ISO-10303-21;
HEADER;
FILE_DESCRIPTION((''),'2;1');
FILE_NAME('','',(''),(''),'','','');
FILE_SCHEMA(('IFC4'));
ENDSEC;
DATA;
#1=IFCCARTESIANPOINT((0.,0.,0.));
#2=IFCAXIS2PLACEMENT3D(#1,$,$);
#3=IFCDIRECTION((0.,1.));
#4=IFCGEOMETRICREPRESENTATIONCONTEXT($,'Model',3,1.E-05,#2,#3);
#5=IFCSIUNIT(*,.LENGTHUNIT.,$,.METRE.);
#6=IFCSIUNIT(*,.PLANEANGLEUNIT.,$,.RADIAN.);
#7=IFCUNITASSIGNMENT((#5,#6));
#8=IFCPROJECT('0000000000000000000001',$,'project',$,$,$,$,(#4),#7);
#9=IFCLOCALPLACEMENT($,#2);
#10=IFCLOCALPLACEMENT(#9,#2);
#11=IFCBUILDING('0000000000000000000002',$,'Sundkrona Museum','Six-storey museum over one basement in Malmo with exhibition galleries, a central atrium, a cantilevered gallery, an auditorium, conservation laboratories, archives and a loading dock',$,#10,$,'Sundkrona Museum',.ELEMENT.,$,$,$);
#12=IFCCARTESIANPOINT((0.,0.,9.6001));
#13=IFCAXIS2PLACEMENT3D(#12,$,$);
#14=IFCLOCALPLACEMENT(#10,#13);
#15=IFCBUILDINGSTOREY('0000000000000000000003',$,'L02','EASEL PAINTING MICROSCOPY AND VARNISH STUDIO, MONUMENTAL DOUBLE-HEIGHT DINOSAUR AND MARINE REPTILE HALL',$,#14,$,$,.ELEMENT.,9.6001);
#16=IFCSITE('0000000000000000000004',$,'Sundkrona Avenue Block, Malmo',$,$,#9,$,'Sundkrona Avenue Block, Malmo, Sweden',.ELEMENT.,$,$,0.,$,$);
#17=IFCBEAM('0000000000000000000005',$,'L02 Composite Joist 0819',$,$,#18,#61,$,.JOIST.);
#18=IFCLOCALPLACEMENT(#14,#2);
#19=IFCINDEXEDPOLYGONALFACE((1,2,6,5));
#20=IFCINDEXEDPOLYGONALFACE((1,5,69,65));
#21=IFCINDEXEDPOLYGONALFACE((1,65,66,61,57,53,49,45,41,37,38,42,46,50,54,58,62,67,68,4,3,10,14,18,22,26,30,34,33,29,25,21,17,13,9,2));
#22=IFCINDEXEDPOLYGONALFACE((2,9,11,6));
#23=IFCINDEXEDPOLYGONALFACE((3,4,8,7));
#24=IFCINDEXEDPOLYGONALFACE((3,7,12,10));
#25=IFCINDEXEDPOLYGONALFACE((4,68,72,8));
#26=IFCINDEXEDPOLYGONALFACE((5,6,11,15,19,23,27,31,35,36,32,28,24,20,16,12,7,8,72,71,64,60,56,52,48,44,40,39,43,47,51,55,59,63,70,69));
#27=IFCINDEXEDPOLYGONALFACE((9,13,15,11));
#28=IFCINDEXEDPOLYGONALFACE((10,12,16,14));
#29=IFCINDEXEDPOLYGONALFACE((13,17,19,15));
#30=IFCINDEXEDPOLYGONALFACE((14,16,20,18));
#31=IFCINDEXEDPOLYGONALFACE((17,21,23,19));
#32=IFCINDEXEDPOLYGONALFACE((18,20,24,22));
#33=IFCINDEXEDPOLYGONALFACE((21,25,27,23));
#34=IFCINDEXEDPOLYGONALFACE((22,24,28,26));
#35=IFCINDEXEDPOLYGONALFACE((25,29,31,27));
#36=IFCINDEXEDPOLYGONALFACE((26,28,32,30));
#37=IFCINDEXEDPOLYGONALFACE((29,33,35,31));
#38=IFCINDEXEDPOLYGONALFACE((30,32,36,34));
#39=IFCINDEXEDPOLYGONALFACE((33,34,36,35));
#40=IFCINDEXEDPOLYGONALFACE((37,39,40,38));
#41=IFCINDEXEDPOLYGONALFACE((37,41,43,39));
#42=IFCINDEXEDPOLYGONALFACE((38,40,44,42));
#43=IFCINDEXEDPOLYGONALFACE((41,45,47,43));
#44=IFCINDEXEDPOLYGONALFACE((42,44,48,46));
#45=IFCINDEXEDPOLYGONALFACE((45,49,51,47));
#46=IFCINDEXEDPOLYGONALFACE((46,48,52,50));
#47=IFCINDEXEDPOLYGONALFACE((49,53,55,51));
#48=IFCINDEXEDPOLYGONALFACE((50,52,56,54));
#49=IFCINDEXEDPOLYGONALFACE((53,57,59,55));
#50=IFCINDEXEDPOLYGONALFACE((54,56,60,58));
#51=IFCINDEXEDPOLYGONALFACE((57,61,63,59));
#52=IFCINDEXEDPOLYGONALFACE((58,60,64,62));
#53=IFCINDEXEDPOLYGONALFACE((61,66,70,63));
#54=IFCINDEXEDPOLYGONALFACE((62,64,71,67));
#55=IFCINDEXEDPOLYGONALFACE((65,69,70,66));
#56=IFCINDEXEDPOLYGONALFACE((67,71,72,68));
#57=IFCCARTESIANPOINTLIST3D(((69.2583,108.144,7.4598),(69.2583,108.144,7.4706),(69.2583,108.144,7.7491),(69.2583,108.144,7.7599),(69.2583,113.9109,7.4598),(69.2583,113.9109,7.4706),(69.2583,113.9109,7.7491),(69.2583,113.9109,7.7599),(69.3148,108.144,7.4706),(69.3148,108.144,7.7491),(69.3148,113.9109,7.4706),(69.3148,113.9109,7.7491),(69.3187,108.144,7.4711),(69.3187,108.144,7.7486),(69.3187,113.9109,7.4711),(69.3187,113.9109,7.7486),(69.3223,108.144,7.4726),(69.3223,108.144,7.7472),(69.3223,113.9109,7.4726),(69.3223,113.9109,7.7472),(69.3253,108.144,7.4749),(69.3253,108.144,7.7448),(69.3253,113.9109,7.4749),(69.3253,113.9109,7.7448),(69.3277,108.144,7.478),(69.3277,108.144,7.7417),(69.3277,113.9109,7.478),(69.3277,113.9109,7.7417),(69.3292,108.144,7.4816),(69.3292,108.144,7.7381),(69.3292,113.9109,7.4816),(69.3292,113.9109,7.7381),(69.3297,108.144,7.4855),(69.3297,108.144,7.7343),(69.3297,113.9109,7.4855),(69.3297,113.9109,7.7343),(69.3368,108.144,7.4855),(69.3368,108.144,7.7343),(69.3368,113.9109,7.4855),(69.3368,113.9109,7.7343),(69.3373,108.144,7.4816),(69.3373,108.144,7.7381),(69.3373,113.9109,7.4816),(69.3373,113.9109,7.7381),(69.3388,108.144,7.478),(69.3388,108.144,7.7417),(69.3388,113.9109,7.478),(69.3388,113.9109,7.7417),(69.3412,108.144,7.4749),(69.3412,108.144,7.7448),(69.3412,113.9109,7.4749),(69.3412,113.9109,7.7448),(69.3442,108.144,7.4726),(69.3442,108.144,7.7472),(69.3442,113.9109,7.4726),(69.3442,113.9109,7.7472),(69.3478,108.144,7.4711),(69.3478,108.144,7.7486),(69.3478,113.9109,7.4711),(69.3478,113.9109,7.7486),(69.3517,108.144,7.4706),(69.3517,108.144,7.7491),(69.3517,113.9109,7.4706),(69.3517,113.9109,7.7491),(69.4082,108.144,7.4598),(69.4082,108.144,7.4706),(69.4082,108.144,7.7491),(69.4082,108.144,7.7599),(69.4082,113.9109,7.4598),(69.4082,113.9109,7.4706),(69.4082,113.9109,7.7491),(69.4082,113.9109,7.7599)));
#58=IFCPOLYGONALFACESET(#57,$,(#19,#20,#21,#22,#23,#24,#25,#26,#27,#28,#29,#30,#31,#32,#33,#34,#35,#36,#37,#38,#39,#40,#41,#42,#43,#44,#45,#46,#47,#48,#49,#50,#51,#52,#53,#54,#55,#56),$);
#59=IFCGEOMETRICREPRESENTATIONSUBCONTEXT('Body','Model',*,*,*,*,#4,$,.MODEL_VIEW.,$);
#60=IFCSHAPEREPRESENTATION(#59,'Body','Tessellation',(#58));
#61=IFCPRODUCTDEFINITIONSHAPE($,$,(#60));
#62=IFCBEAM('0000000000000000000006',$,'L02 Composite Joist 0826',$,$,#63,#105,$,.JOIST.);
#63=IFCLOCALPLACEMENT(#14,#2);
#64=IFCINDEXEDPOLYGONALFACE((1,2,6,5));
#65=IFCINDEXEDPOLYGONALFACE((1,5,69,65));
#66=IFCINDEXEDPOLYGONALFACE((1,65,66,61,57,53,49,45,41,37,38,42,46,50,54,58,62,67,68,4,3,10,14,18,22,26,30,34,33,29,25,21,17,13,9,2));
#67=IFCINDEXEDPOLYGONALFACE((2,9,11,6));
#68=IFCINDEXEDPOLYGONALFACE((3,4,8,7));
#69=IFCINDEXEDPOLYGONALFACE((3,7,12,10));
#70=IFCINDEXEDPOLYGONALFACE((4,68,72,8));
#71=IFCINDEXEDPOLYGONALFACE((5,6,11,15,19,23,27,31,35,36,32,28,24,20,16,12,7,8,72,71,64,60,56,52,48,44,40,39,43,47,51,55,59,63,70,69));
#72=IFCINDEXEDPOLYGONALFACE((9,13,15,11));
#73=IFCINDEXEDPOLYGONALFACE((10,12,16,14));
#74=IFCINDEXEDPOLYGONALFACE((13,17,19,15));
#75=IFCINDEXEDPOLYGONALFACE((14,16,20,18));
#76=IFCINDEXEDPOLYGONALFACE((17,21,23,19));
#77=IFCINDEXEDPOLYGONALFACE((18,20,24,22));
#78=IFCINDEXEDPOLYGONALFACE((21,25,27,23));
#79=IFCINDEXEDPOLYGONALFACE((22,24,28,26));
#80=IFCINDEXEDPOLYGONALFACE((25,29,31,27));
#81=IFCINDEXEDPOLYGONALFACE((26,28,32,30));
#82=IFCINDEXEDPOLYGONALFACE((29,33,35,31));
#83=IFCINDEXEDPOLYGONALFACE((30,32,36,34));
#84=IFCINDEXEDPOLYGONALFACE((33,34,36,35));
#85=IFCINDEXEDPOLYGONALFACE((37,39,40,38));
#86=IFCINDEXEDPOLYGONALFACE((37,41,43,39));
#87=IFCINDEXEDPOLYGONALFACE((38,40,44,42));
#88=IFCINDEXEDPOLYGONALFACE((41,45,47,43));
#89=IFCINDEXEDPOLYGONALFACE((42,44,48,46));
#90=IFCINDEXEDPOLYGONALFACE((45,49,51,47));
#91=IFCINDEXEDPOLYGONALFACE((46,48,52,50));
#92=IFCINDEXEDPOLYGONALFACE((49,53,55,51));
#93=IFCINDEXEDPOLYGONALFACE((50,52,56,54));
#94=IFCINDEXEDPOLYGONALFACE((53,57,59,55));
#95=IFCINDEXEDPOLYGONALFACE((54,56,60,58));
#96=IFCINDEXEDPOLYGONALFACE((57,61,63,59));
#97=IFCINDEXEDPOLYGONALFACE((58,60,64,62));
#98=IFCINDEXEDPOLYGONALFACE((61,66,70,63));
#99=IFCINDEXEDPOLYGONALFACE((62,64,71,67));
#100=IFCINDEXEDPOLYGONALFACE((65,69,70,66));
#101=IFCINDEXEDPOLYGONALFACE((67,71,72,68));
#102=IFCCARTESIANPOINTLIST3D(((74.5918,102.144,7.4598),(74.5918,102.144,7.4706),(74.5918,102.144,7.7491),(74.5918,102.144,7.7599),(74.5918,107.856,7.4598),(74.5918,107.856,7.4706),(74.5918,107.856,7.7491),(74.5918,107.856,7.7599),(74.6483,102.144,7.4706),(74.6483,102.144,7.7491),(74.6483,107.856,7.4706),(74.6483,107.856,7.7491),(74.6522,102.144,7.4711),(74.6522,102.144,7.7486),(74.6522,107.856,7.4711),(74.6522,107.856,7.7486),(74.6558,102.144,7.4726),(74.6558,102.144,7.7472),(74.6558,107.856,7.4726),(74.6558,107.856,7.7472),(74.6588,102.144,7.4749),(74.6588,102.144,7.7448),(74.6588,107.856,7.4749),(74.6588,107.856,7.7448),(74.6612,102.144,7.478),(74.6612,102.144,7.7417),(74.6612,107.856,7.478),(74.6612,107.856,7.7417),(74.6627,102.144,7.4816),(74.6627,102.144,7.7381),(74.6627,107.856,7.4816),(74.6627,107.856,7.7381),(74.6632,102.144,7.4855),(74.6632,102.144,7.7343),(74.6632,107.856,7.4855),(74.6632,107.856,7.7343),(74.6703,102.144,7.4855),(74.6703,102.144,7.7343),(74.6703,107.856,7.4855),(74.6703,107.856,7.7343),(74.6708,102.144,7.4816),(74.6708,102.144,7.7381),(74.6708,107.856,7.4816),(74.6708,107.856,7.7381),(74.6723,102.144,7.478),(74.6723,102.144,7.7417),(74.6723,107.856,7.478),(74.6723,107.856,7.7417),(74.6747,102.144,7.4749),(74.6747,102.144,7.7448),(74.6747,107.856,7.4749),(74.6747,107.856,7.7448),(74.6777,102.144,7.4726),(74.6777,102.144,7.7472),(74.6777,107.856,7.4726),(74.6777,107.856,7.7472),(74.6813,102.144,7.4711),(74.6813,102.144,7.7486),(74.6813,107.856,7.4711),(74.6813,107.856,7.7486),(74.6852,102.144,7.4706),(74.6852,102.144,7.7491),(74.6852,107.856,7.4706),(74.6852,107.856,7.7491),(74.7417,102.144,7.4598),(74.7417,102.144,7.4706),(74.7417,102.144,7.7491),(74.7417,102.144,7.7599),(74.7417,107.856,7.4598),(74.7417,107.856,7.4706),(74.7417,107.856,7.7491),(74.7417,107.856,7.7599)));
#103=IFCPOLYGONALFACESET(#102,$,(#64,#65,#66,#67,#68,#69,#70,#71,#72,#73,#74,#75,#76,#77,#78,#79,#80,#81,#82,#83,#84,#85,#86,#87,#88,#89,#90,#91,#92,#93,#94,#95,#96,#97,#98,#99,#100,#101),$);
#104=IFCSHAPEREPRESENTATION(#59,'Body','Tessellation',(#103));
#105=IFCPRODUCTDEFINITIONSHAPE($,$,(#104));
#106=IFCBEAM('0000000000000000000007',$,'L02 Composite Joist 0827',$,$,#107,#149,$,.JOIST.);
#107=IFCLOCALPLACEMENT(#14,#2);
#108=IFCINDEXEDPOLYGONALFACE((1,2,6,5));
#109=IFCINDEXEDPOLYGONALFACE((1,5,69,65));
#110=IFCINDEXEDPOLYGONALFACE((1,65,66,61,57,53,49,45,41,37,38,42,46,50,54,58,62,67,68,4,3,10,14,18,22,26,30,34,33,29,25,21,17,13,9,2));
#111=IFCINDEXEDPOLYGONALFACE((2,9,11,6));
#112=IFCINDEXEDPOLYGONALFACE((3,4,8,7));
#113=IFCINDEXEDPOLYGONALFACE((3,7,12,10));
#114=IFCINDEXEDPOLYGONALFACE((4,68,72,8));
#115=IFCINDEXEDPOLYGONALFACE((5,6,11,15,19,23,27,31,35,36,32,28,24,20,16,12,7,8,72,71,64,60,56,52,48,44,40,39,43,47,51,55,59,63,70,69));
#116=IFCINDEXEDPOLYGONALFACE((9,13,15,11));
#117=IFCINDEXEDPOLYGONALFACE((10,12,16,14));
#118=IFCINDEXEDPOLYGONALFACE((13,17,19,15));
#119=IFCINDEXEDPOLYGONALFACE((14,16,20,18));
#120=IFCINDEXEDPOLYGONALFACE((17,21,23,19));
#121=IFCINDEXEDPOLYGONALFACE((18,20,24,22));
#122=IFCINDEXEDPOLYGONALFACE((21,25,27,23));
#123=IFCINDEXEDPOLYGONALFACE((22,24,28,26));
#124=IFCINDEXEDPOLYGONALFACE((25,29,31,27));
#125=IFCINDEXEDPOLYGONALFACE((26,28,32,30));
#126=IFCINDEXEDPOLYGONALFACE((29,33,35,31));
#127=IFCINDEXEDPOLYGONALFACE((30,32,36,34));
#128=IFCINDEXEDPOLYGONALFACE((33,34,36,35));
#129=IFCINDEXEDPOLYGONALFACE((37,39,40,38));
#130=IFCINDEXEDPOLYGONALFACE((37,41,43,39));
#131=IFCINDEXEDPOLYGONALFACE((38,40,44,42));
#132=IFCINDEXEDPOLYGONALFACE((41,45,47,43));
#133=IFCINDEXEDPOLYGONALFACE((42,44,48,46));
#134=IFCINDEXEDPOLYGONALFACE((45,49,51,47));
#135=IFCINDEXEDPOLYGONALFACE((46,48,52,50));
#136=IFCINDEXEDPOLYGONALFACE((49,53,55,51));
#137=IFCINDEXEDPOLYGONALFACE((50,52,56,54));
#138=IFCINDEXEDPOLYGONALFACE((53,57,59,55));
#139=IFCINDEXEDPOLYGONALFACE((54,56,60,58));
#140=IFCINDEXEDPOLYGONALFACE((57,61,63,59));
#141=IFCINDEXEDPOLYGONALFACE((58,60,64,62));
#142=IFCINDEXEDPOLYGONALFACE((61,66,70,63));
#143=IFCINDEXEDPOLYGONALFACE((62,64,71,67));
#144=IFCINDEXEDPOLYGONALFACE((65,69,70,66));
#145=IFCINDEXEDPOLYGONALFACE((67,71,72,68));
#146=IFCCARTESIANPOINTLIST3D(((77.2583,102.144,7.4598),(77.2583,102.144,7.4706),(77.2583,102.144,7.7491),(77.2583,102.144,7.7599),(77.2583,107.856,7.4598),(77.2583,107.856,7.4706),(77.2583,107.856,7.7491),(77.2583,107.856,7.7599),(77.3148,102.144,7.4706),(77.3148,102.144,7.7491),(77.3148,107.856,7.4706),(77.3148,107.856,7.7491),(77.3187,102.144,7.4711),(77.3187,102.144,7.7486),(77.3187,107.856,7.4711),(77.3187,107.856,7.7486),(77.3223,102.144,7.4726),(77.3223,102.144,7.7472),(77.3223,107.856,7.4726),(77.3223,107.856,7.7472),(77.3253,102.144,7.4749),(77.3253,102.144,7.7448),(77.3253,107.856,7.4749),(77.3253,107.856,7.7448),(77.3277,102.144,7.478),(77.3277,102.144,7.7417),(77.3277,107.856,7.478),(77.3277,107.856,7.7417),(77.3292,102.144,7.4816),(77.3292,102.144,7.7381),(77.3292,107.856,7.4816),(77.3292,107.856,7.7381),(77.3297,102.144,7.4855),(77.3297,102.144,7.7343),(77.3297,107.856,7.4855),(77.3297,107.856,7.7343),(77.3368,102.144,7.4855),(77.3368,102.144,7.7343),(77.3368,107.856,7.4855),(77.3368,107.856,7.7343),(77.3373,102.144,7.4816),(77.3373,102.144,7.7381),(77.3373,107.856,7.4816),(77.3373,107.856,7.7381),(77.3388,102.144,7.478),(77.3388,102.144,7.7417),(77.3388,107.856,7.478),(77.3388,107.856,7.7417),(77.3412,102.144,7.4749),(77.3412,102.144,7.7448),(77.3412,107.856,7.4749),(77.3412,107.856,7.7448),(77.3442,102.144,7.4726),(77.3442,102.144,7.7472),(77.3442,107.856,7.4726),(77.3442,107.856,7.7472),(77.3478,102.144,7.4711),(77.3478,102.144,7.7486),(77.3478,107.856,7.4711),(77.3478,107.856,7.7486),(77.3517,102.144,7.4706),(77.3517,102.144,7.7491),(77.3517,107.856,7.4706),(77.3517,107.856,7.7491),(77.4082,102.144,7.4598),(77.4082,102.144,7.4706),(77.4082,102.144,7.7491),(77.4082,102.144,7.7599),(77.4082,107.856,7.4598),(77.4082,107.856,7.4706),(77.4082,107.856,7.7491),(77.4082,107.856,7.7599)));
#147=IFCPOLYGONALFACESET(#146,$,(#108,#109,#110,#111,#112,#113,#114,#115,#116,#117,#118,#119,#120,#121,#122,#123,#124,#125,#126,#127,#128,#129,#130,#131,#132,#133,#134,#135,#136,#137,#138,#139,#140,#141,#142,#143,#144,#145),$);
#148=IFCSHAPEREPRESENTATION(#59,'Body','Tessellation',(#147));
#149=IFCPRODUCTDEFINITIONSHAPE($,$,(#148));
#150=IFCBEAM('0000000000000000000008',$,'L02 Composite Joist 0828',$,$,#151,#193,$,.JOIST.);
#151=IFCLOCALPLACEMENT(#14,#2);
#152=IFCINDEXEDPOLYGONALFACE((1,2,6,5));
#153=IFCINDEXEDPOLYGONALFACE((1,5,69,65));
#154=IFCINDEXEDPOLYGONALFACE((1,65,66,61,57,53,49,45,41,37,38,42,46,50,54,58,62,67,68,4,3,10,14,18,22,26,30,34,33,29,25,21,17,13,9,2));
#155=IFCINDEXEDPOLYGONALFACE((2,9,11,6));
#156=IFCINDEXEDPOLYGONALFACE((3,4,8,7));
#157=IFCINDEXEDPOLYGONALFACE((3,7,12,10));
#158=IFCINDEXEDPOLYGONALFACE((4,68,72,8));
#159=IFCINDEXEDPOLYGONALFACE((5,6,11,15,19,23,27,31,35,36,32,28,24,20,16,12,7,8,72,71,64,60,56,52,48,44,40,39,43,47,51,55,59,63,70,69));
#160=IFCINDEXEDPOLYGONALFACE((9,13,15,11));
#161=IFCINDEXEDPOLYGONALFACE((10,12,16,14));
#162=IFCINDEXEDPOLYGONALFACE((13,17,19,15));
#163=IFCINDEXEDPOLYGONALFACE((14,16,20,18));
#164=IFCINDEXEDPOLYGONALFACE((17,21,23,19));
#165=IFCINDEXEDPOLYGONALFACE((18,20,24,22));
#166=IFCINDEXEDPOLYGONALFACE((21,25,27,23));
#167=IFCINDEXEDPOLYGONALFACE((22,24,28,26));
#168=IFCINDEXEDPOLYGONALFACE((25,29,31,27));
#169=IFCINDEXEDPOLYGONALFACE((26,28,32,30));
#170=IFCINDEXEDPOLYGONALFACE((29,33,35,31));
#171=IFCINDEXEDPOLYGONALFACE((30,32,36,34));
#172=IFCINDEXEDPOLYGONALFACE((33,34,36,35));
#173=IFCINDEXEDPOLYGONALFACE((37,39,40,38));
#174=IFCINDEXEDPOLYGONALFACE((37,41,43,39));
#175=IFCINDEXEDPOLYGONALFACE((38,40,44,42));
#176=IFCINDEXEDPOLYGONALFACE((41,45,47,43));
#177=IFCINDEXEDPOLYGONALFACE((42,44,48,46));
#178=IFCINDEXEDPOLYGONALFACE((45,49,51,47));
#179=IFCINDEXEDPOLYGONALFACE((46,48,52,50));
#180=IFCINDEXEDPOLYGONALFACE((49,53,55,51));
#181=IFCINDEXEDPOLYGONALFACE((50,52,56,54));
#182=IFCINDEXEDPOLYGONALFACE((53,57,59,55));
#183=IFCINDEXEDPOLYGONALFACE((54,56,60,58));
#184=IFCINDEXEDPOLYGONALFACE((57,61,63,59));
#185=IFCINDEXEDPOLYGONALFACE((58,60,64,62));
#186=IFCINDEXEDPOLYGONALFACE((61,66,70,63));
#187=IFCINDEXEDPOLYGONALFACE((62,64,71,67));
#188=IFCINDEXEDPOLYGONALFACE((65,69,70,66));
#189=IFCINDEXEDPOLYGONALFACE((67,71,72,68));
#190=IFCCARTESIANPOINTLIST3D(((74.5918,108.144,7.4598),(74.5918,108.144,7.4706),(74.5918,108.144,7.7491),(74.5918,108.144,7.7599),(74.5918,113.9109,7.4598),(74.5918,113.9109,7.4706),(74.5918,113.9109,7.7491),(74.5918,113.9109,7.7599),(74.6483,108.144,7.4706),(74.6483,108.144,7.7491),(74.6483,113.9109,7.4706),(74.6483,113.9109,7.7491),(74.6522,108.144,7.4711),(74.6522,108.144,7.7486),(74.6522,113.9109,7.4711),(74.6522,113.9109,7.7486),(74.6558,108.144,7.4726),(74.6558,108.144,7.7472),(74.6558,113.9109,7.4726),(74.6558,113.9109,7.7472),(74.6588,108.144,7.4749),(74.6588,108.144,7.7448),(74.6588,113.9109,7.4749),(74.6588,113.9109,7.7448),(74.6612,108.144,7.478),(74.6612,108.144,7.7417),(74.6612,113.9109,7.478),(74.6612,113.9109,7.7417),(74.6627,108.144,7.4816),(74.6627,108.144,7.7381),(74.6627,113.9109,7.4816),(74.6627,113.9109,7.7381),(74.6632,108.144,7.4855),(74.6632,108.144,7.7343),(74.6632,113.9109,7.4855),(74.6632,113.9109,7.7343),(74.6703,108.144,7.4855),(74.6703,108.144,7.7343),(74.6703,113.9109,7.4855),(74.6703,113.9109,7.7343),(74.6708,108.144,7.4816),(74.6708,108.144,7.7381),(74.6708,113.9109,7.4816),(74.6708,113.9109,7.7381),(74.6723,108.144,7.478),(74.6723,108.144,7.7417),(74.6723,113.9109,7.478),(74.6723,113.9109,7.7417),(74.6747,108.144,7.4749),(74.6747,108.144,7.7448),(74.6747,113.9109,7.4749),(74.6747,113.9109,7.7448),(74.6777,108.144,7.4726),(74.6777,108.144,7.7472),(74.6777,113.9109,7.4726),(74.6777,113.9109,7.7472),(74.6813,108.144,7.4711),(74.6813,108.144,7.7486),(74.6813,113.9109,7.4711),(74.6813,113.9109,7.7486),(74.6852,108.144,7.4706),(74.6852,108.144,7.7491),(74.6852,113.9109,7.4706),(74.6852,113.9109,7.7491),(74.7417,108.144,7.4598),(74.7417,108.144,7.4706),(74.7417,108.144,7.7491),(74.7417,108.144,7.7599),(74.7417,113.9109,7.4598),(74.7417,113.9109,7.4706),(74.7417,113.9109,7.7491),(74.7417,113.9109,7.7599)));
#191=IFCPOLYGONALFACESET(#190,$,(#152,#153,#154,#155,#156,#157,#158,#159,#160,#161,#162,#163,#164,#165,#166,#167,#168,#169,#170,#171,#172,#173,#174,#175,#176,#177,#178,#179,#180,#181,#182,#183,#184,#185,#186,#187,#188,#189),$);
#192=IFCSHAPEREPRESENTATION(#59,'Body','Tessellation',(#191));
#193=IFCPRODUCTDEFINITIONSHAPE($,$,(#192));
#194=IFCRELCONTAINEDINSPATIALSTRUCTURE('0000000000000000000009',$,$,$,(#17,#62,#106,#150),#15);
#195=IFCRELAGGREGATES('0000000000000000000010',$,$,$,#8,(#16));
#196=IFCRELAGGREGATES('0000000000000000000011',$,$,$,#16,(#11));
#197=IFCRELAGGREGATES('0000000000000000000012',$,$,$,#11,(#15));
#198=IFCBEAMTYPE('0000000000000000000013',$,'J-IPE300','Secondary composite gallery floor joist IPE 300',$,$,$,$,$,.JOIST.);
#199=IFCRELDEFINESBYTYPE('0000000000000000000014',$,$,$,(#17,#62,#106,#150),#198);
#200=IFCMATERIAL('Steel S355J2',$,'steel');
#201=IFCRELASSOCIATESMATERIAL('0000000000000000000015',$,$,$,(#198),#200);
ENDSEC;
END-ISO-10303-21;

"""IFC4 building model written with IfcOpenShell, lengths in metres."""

from ifc_helpers import new_model, si_unit, direction, frame, origin, origin_2d, place, context, subcontext, project, spatial, i_section, extrude, material, material_profile, profile_set, type_object, element, save


model = new_model("IFC4")

# Units and contexts
model_context = context("Model", 3, precision=1e-05, world=origin(), true_north=direction((0.0, 1.0)))
body_context = subcontext(model_context, "Body", "Model", "MODEL_VIEW")
ifc_project = project(units=[si_unit("LENGTHUNIT", "METRE"), si_unit("PLANEANGLEUNIT", "RADIAN")], contexts=[model_context])

# Site, building, storey
site_placement = place(None, origin())
site = spatial("IfcSite", under=ifc_project, at=site_placement, Name="Sundkrona Avenue Block, Malmo", LongName="Sundkrona Avenue Block, Malmo, Sweden", CompositionType="ELEMENT", RefElevation=0.0)
building_placement = place(site_placement, origin())
building = spatial("IfcBuilding", under=site, at=building_placement, Name="Sundkrona Museum", Description="Six-storey museum over one basement in Malmo with exhibition galleries, a central atrium, a cantilevered gallery, an auditorium, conservation laboratories, archives and a loading dock", LongName="Sundkrona Museum", CompositionType="ELEMENT")
storey_placement = place(building_placement, frame((0.0, 0.0, 9.6001)))
storey = spatial("IfcBuildingStorey", under=building, at=storey_placement, Name="L02", Description="EASEL PAINTING MICROSCOPY AND VARNISH STUDIO, MONUMENTAL DOUBLE-HEIGHT DINOSAUR AND MARINE REPTILE HALL", CompositionType="ELEMENT", Elevation=9.6001)

# Shared definitions
ifc_material_1 = material(Name="Steel S355J2", Category="steel")

# Beams
ifc_material_profile_1 = material_profile(ifc_material_1, i_section(OverallWidth=0.1499, OverallDepth=0.3, WebThickness=0.0071, FlangeThickness=0.0107, FilletRadius=0.0149, at=origin_2d()), Name="IPE 300")
ifc_profile_set_1 = profile_set([ifc_material_profile_1], Name="Steel S355J2")
beam_type_1 = type_object("IfcBeamType", Name="J-IPE300", Description="Secondary composite gallery floor joist IPE 300", PredefinedType="JOIST", material=ifc_profile_set_1)
for number, where, z_axis, x_axis, name in (
    (1, (69.3333, 108.144, 7.6099), (0.0, 1.0, 0.0), (-1.0, 0.0, 0.0), "L02 Composite Joist 0819"),
):
    element("IfcBeam", number, at=place(storey_placement, frame(where, z_axis=z_axis, x_axis=x_axis)), inside=storey, type_object=beam_type_1, Name=name, PredefinedType="JOIST", context=body_context, shape_type="SweptSolid", body=[
        extrude(i_section(OverallWidth=0.1499, OverallDepth=0.3, WebThickness=0.0071, FlangeThickness=0.0107, FilletRadius=0.0149, at=origin_2d()), origin(), (0.0, 0.0, 1.0), 5.7668),
    ])
for number, where, z_axis, x_axis, name in (
    (2, (74.6667, 102.144, 7.6099), (0.0, 1.0, 0.0), (-1.0, 0.0, 0.0), "L02 Composite Joist 0826"),
    (3, (77.3333, 102.144, 7.6099), (0.0, 1.0, 0.0), (-1.0, 0.0, 0.0), "L02 Composite Joist 0827"),
):
    element("IfcBeam", number, at=place(storey_placement, frame(where, z_axis=z_axis, x_axis=x_axis)), inside=storey, type_object=beam_type_1, Name=name, PredefinedType="JOIST", context=body_context, shape_type="SweptSolid", body=[
        extrude(i_section(OverallWidth=0.1499, OverallDepth=0.3, WebThickness=0.0071, FlangeThickness=0.0107, FilletRadius=0.0149, at=origin_2d()), origin(), (0.0, 0.0, 1.0), 5.7119),
    ])
for number, where, z_axis, x_axis, name in (
    (4, (74.6667, 108.144, 7.6099), (0.0, 1.0, 0.0), (-1.0, 0.0, 0.0), "L02 Composite Joist 0828"),
):
    element("IfcBeam", number, at=place(storey_placement, frame(where, z_axis=z_axis, x_axis=x_axis)), inside=storey, type_object=beam_type_1, Name=name, PredefinedType="JOIST", context=body_context, shape_type="SweptSolid", body=[
        extrude(i_section(OverallWidth=0.1499, OverallDepth=0.3, WebThickness=0.0071, FlangeThickness=0.0107, FilletRadius=0.0149, at=origin_2d()), origin(), (0.0, 0.0, 1.0), 5.7668),
    ])

save(model, "model.ifc")
